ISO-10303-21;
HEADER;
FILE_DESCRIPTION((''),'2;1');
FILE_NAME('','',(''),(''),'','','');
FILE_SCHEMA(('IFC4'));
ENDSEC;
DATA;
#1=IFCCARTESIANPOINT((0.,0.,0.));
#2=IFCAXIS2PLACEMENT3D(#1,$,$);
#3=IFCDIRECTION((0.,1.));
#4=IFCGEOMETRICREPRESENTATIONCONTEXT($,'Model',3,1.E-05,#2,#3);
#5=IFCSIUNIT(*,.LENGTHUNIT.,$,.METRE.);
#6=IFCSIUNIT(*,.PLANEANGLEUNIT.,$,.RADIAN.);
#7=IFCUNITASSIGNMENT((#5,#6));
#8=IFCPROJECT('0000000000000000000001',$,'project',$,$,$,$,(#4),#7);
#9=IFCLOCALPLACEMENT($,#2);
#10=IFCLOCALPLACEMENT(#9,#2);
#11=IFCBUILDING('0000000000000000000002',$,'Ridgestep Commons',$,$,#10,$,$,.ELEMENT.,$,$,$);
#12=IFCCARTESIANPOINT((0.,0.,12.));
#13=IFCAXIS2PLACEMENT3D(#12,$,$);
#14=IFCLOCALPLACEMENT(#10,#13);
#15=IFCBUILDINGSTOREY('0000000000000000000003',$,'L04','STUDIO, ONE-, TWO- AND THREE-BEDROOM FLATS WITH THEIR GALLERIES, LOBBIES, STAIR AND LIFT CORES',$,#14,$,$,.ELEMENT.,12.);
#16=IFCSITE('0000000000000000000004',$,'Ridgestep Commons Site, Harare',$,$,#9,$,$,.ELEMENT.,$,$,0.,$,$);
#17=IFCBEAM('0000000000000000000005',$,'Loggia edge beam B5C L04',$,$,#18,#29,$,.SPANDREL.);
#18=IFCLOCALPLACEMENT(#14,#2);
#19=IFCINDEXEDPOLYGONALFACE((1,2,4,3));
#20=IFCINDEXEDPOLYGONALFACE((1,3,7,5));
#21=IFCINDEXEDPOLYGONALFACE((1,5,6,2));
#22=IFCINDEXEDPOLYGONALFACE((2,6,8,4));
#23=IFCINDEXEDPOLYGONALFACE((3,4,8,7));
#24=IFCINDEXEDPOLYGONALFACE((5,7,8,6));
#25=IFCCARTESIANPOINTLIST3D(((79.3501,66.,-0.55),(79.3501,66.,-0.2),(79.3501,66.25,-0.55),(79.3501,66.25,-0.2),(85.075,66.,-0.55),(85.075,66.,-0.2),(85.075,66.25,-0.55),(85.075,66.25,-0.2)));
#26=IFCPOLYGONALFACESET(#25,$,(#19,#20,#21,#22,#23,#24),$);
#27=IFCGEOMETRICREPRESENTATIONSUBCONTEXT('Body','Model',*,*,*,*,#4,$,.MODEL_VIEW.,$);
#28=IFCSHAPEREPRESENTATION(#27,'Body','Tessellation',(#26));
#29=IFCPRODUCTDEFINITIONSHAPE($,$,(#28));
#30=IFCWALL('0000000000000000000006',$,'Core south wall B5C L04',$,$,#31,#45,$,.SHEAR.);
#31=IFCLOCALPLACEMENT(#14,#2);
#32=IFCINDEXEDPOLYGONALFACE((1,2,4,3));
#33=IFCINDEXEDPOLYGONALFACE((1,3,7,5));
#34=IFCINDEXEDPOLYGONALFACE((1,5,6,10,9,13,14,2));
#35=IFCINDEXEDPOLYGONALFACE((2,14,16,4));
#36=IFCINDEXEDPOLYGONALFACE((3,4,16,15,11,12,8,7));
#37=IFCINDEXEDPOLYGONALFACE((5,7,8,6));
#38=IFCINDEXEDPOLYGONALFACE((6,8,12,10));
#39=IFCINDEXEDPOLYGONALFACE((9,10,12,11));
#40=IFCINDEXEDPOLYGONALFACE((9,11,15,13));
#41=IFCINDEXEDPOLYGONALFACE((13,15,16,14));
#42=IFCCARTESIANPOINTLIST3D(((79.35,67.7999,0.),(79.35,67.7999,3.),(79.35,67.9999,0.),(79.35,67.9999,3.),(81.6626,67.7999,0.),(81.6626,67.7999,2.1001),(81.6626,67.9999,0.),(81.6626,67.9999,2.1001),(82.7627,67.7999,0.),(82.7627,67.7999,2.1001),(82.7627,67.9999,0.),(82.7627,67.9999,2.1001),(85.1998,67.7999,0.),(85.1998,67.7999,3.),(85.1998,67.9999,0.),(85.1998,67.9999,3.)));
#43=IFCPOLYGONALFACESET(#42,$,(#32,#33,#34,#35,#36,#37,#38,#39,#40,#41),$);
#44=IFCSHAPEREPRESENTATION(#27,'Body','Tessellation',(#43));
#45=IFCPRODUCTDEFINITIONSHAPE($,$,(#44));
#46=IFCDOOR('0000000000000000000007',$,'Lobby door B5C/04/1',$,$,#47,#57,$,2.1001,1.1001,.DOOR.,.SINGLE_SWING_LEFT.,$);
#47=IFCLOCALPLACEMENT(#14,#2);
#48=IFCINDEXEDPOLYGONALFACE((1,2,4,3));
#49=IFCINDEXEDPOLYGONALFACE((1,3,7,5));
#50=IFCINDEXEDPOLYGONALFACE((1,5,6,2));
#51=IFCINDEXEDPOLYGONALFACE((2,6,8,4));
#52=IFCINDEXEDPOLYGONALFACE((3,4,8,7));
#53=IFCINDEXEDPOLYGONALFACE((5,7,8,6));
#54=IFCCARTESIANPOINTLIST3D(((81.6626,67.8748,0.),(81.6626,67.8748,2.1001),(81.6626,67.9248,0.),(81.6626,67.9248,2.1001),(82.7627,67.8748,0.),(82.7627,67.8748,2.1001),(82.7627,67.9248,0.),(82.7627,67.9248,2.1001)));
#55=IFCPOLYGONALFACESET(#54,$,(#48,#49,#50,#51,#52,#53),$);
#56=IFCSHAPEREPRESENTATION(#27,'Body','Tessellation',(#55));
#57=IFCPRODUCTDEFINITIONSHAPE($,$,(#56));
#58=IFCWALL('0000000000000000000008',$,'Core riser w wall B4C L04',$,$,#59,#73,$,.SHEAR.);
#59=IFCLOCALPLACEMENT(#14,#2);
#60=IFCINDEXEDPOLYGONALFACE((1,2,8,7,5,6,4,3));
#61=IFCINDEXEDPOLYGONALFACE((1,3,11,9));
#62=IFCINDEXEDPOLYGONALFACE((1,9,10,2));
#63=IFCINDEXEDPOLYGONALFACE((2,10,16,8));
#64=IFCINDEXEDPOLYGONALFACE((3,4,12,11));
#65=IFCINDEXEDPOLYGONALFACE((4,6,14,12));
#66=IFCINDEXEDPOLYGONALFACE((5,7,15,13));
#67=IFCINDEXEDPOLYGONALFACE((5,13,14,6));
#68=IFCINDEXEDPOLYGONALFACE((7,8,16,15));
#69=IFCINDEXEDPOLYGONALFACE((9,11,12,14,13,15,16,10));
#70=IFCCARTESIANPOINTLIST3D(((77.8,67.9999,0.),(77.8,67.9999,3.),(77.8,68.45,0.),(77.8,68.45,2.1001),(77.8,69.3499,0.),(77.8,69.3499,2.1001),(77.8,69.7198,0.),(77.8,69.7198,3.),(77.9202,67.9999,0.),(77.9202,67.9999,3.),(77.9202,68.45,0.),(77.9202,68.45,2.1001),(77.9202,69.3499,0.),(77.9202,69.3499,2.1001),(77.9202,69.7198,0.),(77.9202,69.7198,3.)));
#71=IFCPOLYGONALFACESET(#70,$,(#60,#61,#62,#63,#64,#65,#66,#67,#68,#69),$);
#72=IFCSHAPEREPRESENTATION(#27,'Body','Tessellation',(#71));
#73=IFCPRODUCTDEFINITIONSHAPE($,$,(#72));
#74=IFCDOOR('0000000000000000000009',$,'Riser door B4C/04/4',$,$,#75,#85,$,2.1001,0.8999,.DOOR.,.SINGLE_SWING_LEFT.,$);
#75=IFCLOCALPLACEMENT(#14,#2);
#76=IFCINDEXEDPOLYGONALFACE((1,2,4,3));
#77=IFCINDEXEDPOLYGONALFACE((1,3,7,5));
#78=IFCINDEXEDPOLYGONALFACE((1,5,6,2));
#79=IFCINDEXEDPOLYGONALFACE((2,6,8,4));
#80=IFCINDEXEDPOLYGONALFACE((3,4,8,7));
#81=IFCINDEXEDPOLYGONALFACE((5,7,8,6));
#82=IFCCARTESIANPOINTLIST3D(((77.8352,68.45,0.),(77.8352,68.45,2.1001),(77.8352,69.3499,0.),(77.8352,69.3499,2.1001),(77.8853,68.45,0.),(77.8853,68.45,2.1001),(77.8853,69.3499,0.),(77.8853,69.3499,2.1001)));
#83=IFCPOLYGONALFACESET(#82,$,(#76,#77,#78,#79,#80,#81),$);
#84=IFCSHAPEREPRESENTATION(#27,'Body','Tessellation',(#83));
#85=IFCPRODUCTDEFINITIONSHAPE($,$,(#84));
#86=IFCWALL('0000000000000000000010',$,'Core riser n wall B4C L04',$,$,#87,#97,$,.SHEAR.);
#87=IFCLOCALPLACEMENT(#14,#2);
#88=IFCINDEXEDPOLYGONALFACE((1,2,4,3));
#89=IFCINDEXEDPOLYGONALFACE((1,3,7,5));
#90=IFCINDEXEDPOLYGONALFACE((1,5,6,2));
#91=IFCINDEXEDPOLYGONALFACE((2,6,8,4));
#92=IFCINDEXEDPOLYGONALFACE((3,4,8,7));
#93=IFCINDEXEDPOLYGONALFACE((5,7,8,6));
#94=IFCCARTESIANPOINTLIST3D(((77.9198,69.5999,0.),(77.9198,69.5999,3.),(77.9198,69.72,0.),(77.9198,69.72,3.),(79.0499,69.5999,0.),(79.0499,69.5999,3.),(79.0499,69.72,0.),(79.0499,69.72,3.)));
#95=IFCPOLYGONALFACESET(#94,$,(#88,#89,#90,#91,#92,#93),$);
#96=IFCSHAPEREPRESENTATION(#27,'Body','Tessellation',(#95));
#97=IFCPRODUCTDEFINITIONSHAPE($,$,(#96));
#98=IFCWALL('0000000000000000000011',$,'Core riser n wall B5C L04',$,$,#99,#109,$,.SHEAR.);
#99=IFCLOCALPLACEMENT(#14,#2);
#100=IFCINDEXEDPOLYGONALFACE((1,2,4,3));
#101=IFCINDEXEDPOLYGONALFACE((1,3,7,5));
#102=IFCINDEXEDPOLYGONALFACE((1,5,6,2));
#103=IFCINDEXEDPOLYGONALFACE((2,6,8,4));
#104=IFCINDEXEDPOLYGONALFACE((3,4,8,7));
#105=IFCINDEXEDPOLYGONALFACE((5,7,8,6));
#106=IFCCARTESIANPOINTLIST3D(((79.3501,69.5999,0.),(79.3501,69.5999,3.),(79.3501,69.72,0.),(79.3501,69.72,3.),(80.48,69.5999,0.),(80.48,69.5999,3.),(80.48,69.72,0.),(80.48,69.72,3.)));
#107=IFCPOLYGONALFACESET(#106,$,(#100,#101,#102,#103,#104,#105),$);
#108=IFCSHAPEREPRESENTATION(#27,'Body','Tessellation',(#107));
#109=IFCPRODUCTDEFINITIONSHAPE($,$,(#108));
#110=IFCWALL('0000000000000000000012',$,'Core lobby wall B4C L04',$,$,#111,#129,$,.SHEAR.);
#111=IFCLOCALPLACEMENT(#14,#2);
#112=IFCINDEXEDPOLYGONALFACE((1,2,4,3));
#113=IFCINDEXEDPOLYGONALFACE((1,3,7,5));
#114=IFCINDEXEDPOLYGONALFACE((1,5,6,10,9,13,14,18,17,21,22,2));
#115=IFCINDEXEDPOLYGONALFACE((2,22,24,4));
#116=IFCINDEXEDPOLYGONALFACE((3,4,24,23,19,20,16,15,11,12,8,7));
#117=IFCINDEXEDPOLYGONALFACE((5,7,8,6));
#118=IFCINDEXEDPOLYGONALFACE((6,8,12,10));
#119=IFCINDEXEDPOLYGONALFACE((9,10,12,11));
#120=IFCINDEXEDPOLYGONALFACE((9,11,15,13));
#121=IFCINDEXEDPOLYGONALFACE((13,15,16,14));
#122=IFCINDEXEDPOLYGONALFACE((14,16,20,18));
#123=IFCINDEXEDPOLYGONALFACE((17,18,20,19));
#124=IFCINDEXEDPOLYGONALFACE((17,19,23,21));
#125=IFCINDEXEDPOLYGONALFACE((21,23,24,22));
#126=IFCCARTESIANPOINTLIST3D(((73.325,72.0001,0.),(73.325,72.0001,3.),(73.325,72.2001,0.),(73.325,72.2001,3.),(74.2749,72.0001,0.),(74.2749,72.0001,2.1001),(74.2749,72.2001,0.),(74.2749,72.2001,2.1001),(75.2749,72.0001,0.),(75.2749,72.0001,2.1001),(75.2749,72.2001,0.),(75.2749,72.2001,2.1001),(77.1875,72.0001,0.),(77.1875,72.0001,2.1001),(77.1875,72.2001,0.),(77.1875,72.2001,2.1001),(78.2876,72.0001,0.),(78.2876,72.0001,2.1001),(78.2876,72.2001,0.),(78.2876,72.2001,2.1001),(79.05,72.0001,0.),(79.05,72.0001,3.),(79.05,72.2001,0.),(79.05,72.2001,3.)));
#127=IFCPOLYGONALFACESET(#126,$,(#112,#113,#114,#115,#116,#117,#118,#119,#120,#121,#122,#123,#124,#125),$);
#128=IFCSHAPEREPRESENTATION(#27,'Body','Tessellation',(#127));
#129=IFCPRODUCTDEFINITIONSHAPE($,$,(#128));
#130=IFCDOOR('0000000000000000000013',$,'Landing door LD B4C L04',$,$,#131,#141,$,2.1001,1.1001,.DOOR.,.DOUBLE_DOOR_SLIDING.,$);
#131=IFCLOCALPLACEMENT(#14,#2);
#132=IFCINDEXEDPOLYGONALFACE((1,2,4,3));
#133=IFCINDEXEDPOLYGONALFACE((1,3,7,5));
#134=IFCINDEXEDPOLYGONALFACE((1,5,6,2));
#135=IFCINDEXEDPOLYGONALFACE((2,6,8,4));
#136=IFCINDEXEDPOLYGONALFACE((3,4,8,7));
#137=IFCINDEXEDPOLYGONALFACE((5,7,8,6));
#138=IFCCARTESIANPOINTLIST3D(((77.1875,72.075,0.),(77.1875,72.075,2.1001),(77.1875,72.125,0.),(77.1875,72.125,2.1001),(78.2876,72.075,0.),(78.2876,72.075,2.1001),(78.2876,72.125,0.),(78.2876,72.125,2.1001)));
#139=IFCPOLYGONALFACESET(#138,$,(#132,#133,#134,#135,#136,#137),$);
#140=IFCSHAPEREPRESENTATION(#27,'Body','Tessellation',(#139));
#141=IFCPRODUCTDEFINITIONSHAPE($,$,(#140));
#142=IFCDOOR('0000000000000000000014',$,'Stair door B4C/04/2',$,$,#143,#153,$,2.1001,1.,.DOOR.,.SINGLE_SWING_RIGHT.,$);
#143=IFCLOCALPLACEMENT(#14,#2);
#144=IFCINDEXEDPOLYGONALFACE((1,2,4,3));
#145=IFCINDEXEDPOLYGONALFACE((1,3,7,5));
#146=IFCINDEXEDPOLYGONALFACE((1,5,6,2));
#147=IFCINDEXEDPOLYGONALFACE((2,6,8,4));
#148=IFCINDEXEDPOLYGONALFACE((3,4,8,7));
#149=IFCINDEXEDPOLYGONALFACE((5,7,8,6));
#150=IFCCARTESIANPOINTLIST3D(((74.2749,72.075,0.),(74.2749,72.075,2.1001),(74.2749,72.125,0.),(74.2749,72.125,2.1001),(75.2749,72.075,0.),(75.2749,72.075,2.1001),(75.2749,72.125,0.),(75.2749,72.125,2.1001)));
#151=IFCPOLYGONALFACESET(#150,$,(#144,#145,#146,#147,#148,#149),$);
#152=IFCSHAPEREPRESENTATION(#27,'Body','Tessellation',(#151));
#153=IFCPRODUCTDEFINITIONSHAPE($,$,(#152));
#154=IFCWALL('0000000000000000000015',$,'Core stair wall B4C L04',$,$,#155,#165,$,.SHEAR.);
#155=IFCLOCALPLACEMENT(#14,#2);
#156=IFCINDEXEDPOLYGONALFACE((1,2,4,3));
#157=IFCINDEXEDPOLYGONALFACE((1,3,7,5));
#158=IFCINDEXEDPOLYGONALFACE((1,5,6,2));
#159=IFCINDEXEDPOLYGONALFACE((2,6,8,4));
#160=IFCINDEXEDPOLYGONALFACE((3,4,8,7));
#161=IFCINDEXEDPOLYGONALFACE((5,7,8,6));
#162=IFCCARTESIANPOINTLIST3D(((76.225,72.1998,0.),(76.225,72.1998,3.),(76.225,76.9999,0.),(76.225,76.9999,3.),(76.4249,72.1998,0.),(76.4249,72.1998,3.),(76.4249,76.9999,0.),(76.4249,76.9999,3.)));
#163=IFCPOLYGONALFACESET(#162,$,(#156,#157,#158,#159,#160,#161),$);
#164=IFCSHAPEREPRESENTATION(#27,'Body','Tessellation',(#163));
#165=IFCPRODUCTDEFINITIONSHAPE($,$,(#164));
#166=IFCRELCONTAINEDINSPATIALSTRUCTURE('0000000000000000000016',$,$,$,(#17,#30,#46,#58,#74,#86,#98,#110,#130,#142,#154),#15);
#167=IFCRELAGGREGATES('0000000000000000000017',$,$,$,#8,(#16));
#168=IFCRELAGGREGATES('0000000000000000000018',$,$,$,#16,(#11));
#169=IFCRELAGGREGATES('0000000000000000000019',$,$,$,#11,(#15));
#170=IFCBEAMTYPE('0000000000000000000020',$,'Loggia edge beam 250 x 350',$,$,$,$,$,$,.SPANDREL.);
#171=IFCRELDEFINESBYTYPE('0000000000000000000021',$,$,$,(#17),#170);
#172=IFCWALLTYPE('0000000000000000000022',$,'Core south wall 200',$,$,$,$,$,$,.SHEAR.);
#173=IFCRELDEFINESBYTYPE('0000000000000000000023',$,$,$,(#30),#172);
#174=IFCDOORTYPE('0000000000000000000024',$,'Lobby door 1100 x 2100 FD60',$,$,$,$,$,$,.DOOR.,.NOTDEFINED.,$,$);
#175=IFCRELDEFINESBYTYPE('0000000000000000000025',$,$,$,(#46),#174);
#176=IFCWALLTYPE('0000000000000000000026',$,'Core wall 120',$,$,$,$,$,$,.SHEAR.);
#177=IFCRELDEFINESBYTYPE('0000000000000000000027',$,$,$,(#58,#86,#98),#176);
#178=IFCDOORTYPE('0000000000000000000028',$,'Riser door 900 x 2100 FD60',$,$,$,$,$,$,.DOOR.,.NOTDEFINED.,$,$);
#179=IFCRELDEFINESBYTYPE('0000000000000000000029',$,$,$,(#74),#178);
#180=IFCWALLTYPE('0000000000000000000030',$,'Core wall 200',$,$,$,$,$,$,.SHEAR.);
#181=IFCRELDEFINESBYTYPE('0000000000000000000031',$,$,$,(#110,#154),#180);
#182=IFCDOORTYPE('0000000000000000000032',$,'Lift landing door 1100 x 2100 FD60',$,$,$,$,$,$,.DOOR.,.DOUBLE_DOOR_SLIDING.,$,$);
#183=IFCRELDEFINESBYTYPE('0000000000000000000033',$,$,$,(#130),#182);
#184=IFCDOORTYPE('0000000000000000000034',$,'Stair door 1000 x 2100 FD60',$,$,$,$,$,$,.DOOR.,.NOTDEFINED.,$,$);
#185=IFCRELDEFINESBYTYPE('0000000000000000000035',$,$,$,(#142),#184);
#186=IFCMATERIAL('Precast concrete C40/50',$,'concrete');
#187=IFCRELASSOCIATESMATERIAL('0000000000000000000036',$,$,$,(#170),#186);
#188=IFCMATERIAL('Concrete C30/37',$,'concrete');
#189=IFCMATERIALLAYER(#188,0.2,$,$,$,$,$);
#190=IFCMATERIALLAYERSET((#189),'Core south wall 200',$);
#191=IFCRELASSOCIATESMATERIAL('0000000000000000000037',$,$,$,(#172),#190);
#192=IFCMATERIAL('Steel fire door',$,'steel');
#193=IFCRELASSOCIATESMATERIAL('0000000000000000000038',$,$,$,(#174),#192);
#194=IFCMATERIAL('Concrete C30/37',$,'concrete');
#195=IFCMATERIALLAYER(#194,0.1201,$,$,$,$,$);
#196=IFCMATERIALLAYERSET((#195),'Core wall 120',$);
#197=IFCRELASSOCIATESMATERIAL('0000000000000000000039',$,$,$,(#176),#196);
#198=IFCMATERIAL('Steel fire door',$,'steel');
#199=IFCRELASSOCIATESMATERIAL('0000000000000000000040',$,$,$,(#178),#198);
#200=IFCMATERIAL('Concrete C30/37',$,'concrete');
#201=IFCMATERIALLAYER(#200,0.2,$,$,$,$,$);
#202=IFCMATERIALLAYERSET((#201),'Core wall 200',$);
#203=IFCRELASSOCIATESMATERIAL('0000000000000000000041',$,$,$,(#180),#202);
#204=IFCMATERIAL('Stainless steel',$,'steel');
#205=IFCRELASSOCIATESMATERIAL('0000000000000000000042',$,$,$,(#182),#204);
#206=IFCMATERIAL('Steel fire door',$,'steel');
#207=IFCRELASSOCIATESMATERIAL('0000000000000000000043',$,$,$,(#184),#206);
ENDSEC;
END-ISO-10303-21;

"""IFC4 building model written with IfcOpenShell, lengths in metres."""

from ifc_helpers import new_model, si_unit, direction, frame, frame_2d, origin, origin_2d, place, context, subcontext, project, spatial, rectangle, extrude, material, layer, layer_set, material_profile, profile_set, type_object, element, fill, save


model = new_model("IFC4")

# Units and contexts
model_context = context("Model", 3, precision=1e-05, world=origin(), true_north=direction((0.0, 1.0)))
body_context = subcontext(model_context, "Body", "Model", "MODEL_VIEW")
ifc_project = project(units=[si_unit("LENGTHUNIT", "METRE"), si_unit("PLANEANGLEUNIT", "RADIAN")], contexts=[model_context])

# Site, building, storey
site_placement = place(None, origin())
site = spatial("IfcSite", under=ifc_project, at=site_placement, Name="Ridgestep Commons Site, Harare", CompositionType="ELEMENT", RefElevation=0.0)
building_placement = place(site_placement, origin())
building = spatial("IfcBuilding", under=site, at=building_placement, Name="Ridgestep Commons", CompositionType="ELEMENT")
storey_placement = place(building_placement, frame((0.0, 0.0, 12.0)))
storey = spatial("IfcBuildingStorey", under=building, at=storey_placement, Name="L04", Description="STUDIO, ONE-, TWO- AND THREE-BEDROOM FLATS WITH THEIR GALLERIES, LOBBIES, STAIR AND LIFT CORES", CompositionType="ELEMENT", Elevation=12.0)

# Beam
ifc_material_1 = material(Name="Precast concrete C40/50", Category="concrete")
ifc_material_profile = material_profile(ifc_material_1, rectangle(XDim=0.25, YDim=0.3501, at=origin_2d()), Name="PC 250x350")
ifc_profile_set = profile_set([ifc_material_profile], Name="Precast concrete C40/50")
beam_type = type_object("IfcBeamType", Name="Loggia edge beam 250 x 350", PredefinedType="SPANDREL", material=ifc_profile_set)
beam_placement = place(storey_placement, frame((79.3501, 66.125, -0.375), z_axis=(1.0, 0.0, 0.0), x_axis=(0.0, 1.0, 0.0)))
element("IfcBeam", 1, at=beam_placement, inside=storey, type_object=beam_type, Name="Loggia edge beam B5C L04", PredefinedType="SPANDREL", context=body_context, shape_type="SweptSolid", body=[
    extrude(rectangle(XDim=0.25, YDim=0.3501, at=origin_2d()), origin(), (0.0, 0.0, 1.0), 5.7249),
])

# Walls, openings, doors
ifc_material_2 = material(Name="Concrete C30/37", Category="concrete")
ifc_layer_1 = layer(ifc_material_2, 0.2)
ifc_layer_set_1 = layer_set([ifc_layer_1], Name="Core south wall 200")
wall_type_1 = type_object("IfcWallType", Name="Core south wall 200", PredefinedType="SHEAR", material=ifc_layer_set_1)
wall_1_placement = place(storey_placement, frame((79.3501, 67.8999, 0.0), z_axis=(0.0, 0.0, 1.0), x_axis=(1.0, 0.0, 0.0)))
wall_1 = element("IfcWall", 2, at=wall_1_placement, inside=storey, type_object=wall_type_1, Name="Core south wall B5C L04", PredefinedType="SHEAR", context=body_context, shape_type="SweptSolid", body=[
    extrude(rectangle(XDim=5.8499, YDim=0.2, at=frame_2d((2.9248, 0.0))), origin(), (0.0, 0.0, 1.0), 3.0),
])
opening_1_placement = place(wall_1_placement, frame((2.3125, 0.0, 0.0)))
opening_1 = element("IfcOpeningElement", 3, at=opening_1_placement, cuts=wall_1, PredefinedType="OPENING", context=body_context, shape_type="SweptSolid", body=[
    extrude(rectangle(XDim=1.1001, YDim=2.1001, at=frame_2d((0.55, 1.05))), frame((0.0, 0.1099, 0.0), z_axis=(0.0, -1.0, 0.0), x_axis=(1.0, 0.0, 0.0)), (0.0, 0.0, 1.0), 0.22),
])
ifc_material_3 = material(Name="Steel fire door", Category="steel")
door_type_1 = type_object("IfcDoorType", Name="Lobby door 1100 x 2100 FD60", OperationType="NOTDEFINED", PredefinedType="DOOR", material=ifc_material_3)
door_1_placement = place(opening_1_placement, origin())
door_1 = element("IfcDoor", 4, at=door_1_placement, inside=storey, type_object=door_type_1, Name="Lobby door B5C/04/1", OperationType="SINGLE_SWING_LEFT", OverallHeight=2.1001, OverallWidth=1.1001, PredefinedType="DOOR", context=body_context, shape_type="SweptSolid", body=[
    extrude(rectangle(XDim=1.1001, YDim=2.1001, at=frame_2d((0.55, 1.05))), frame((0.0, 0.0249, 0.0), z_axis=(0.0, -1.0, 0.0), x_axis=(1.0, 0.0, 0.0)), (0.0, 0.0, 1.0), 0.05),
])
fill(opening_1, door_1)
ifc_material_4 = material(Name="Concrete C30/37", Category="concrete")
ifc_layer_2 = layer(ifc_material_4, 0.1201)
ifc_layer_set_2 = layer_set([ifc_layer_2], Name="Core wall 120")
wall_type_2 = type_object("IfcWallType", Name="Core wall 120", PredefinedType="SHEAR", material=ifc_layer_set_2)
wall_2_placement = place(storey_placement, frame((77.8601, 68.0, 0.0), z_axis=(0.0, 0.0, 1.0), x_axis=(0.0, 1.0, 0.0)))
wall_2 = element("IfcWall", 5, at=wall_2_placement, inside=storey, type_object=wall_type_2, Name="Core riser w wall B4C L04", PredefinedType="SHEAR", context=body_context, shape_type="SweptSolid", body=[
    extrude(rectangle(XDim=1.72, YDim=0.1201, at=frame_2d((0.8599, 0.0))), origin(), (0.0, 0.0, 1.0), 3.0),
])
opening_2_placement = place(wall_2_placement, frame((0.45, 0.0, 0.0)))
opening_2 = element("IfcOpeningElement", 6, at=opening_2_placement, cuts=wall_2, PredefinedType="OPENING", context=body_context, shape_type="SweptSolid", body=[
    extrude(rectangle(XDim=0.8999, YDim=2.1001, at=frame_2d((0.45, 1.05))), frame((0.0, 0.0701, 0.0), z_axis=(0.0, -1.0, 0.0), x_axis=(1.0, 0.0, 0.0)), (0.0, 0.0, 1.0), 0.1401),
])
ifc_material_5 = material(Name="Steel fire door", Category="steel")
door_type_2 = type_object("IfcDoorType", Name="Riser door 900 x 2100 FD60", OperationType="NOTDEFINED", PredefinedType="DOOR", material=ifc_material_5)
door_2_placement = place(opening_2_placement, origin())
door_2 = element("IfcDoor", 7, at=door_2_placement, inside=storey, type_object=door_type_2, Name="Riser door B4C/04/4", OperationType="SINGLE_SWING_LEFT", OverallHeight=2.1001, OverallWidth=0.8999, PredefinedType="DOOR", context=body_context, shape_type="SweptSolid", body=[
    extrude(rectangle(XDim=0.8999, YDim=2.1001, at=frame_2d((0.45, 1.05))), frame((0.0, 0.0249, 0.0), z_axis=(0.0, -1.0, 0.0), x_axis=(1.0, 0.0, 0.0)), (0.0, 0.0, 1.0), 0.05),
])
fill(opening_2, door_2)

# Walls
wall_3_placement = place(storey_placement, frame((77.9199, 69.6599, 0.0), z_axis=(0.0, 0.0, 1.0), x_axis=(1.0, 0.0, 0.0)))
element("IfcWall", 8, at=wall_3_placement, inside=storey, type_object=wall_type_2, Name="Core riser n wall B4C L04", PredefinedType="SHEAR", context=body_context, shape_type="SweptSolid", body=[
    extrude(rectangle(XDim=1.1301, YDim=0.1201, at=frame_2d((0.5649, 0.0))), origin(), (0.0, 0.0, 1.0), 3.0),
])
wall_4_placement = place(storey_placement, frame((79.3501, 69.6599, 0.0), z_axis=(0.0, 0.0, 1.0), x_axis=(1.0, 0.0, 0.0)))
element("IfcWall", 9, at=wall_4_placement, inside=storey, type_object=wall_type_2, Name="Core riser n wall B5C L04", PredefinedType="SHEAR", context=body_context, shape_type="SweptSolid", body=[
    extrude(rectangle(XDim=1.1299, YDim=0.1201, at=frame_2d((0.5649, 0.0))), origin(), (0.0, 0.0, 1.0), 3.0),
])

# Wall, openings, doors
ifc_material_6 = material(Name="Concrete C30/37", Category="concrete")
ifc_layer_3 = layer(ifc_material_6, 0.2)
ifc_layer_set_3 = layer_set([ifc_layer_3], Name="Core wall 200")
wall_type_3 = type_object("IfcWallType", Name="Core wall 200", PredefinedType="SHEAR", material=ifc_layer_set_3)
wall_5_placement = place(storey_placement, frame((73.325, 72.1001, 0.0), z_axis=(0.0, 0.0, 1.0), x_axis=(1.0, 0.0, 0.0)))
wall_5 = element("IfcWall", 10, at=wall_5_placement, inside=storey, type_object=wall_type_3, Name="Core lobby wall B4C L04", PredefinedType="SHEAR", context=body_context, shape_type="SweptSolid", body=[
    extrude(rectangle(XDim=5.7251, YDim=0.2, at=frame_2d((2.8625, 0.0))), origin(), (0.0, 0.0, 1.0), 3.0),
])
opening_3_placement = place(wall_5_placement, frame((0.95, 0.0, 0.0)))
opening_3 = element("IfcOpeningElement", 11, at=opening_3_placement, cuts=wall_5, PredefinedType="OPENING", context=body_context, shape_type="SweptSolid", body=[
    extrude(rectangle(XDim=1.0, YDim=2.1001, at=frame_2d((0.5, 1.05))), frame((0.0, 0.1099, 0.0), z_axis=(0.0, -1.0, 0.0), x_axis=(1.0, 0.0, 0.0)), (0.0, 0.0, 1.0), 0.22),
])
opening_4_placement = place(wall_5_placement, frame((3.8625, 0.0, 0.0)))
opening_4 = element("IfcOpeningElement", 12, at=opening_4_placement, cuts=wall_5, PredefinedType="OPENING", context=body_context, shape_type="SweptSolid", body=[
    extrude(rectangle(XDim=1.1001, YDim=2.1001, at=frame_2d((0.55, 1.05))), frame((0.0, 0.1099, 0.0), z_axis=(0.0, -1.0, 0.0), x_axis=(1.0, 0.0, 0.0)), (0.0, 0.0, 1.0), 0.22),
])
ifc_material_7 = material(Name="Stainless steel", Category="steel")
door_type_3 = type_object("IfcDoorType", Name="Lift landing door 1100 x 2100 FD60", OperationType="DOUBLE_DOOR_SLIDING", PredefinedType="DOOR", material=ifc_material_7)
door_3_placement = place(opening_4_placement, origin())
door_3 = element("IfcDoor", 13, at=door_3_placement, inside=storey, type_object=door_type_3, Name="Landing door LD B4C L04", OperationType="DOUBLE_DOOR_SLIDING", OverallHeight=2.1001, OverallWidth=1.1001, PredefinedType="DOOR", context=body_context, shape_type="SweptSolid", body=[
    extrude(rectangle(XDim=1.1001, YDim=2.1001, at=frame_2d((0.55, 1.05))), frame((0.0, 0.0249, 0.0), z_axis=(0.0, -1.0, 0.0), x_axis=(1.0, 0.0, 0.0)), (0.0, 0.0, 1.0), 0.05),
])
fill(opening_4, door_3)
ifc_material_8 = material(Name="Steel fire door", Category="steel")
door_type_4 = type_object("IfcDoorType", Name="Stair door 1000 x 2100 FD60", OperationType="NOTDEFINED", PredefinedType="DOOR", material=ifc_material_8)
door_4_placement = place(opening_3_placement, origin())
door_4 = element("IfcDoor", 14, at=door_4_placement, inside=storey, type_object=door_type_4, Name="Stair door B4C/04/2", OperationType="SINGLE_SWING_RIGHT", OverallHeight=2.1001, OverallWidth=1.0, PredefinedType="DOOR", context=body_context, shape_type="SweptSolid", body=[
    extrude(rectangle(XDim=1.0, YDim=2.1001, at=frame_2d((0.5, 1.05))), frame((0.0, 0.0249, 0.0), z_axis=(0.0, -1.0, 0.0), x_axis=(1.0, 0.0, 0.0)), (0.0, 0.0, 1.0), 0.05),
])
fill(opening_3, door_4)

# Wall
wall_6_placement = place(storey_placement, frame((76.325, 72.2, 0.0), z_axis=(0.0, 0.0, 1.0), x_axis=(0.0, 1.0, 0.0)))
element("IfcWall", 15, at=wall_6_placement, inside=storey, type_object=wall_type_3, Name="Core stair wall B4C L04", PredefinedType="SHEAR", context=body_context, shape_type="SweptSolid", body=[
    extrude(rectangle(XDim=4.8, YDim=0.2, at=frame_2d((2.3999, 0.0))), origin(), (0.0, 0.0, 1.0), 3.0),
])

save(model, "model.ifc")
